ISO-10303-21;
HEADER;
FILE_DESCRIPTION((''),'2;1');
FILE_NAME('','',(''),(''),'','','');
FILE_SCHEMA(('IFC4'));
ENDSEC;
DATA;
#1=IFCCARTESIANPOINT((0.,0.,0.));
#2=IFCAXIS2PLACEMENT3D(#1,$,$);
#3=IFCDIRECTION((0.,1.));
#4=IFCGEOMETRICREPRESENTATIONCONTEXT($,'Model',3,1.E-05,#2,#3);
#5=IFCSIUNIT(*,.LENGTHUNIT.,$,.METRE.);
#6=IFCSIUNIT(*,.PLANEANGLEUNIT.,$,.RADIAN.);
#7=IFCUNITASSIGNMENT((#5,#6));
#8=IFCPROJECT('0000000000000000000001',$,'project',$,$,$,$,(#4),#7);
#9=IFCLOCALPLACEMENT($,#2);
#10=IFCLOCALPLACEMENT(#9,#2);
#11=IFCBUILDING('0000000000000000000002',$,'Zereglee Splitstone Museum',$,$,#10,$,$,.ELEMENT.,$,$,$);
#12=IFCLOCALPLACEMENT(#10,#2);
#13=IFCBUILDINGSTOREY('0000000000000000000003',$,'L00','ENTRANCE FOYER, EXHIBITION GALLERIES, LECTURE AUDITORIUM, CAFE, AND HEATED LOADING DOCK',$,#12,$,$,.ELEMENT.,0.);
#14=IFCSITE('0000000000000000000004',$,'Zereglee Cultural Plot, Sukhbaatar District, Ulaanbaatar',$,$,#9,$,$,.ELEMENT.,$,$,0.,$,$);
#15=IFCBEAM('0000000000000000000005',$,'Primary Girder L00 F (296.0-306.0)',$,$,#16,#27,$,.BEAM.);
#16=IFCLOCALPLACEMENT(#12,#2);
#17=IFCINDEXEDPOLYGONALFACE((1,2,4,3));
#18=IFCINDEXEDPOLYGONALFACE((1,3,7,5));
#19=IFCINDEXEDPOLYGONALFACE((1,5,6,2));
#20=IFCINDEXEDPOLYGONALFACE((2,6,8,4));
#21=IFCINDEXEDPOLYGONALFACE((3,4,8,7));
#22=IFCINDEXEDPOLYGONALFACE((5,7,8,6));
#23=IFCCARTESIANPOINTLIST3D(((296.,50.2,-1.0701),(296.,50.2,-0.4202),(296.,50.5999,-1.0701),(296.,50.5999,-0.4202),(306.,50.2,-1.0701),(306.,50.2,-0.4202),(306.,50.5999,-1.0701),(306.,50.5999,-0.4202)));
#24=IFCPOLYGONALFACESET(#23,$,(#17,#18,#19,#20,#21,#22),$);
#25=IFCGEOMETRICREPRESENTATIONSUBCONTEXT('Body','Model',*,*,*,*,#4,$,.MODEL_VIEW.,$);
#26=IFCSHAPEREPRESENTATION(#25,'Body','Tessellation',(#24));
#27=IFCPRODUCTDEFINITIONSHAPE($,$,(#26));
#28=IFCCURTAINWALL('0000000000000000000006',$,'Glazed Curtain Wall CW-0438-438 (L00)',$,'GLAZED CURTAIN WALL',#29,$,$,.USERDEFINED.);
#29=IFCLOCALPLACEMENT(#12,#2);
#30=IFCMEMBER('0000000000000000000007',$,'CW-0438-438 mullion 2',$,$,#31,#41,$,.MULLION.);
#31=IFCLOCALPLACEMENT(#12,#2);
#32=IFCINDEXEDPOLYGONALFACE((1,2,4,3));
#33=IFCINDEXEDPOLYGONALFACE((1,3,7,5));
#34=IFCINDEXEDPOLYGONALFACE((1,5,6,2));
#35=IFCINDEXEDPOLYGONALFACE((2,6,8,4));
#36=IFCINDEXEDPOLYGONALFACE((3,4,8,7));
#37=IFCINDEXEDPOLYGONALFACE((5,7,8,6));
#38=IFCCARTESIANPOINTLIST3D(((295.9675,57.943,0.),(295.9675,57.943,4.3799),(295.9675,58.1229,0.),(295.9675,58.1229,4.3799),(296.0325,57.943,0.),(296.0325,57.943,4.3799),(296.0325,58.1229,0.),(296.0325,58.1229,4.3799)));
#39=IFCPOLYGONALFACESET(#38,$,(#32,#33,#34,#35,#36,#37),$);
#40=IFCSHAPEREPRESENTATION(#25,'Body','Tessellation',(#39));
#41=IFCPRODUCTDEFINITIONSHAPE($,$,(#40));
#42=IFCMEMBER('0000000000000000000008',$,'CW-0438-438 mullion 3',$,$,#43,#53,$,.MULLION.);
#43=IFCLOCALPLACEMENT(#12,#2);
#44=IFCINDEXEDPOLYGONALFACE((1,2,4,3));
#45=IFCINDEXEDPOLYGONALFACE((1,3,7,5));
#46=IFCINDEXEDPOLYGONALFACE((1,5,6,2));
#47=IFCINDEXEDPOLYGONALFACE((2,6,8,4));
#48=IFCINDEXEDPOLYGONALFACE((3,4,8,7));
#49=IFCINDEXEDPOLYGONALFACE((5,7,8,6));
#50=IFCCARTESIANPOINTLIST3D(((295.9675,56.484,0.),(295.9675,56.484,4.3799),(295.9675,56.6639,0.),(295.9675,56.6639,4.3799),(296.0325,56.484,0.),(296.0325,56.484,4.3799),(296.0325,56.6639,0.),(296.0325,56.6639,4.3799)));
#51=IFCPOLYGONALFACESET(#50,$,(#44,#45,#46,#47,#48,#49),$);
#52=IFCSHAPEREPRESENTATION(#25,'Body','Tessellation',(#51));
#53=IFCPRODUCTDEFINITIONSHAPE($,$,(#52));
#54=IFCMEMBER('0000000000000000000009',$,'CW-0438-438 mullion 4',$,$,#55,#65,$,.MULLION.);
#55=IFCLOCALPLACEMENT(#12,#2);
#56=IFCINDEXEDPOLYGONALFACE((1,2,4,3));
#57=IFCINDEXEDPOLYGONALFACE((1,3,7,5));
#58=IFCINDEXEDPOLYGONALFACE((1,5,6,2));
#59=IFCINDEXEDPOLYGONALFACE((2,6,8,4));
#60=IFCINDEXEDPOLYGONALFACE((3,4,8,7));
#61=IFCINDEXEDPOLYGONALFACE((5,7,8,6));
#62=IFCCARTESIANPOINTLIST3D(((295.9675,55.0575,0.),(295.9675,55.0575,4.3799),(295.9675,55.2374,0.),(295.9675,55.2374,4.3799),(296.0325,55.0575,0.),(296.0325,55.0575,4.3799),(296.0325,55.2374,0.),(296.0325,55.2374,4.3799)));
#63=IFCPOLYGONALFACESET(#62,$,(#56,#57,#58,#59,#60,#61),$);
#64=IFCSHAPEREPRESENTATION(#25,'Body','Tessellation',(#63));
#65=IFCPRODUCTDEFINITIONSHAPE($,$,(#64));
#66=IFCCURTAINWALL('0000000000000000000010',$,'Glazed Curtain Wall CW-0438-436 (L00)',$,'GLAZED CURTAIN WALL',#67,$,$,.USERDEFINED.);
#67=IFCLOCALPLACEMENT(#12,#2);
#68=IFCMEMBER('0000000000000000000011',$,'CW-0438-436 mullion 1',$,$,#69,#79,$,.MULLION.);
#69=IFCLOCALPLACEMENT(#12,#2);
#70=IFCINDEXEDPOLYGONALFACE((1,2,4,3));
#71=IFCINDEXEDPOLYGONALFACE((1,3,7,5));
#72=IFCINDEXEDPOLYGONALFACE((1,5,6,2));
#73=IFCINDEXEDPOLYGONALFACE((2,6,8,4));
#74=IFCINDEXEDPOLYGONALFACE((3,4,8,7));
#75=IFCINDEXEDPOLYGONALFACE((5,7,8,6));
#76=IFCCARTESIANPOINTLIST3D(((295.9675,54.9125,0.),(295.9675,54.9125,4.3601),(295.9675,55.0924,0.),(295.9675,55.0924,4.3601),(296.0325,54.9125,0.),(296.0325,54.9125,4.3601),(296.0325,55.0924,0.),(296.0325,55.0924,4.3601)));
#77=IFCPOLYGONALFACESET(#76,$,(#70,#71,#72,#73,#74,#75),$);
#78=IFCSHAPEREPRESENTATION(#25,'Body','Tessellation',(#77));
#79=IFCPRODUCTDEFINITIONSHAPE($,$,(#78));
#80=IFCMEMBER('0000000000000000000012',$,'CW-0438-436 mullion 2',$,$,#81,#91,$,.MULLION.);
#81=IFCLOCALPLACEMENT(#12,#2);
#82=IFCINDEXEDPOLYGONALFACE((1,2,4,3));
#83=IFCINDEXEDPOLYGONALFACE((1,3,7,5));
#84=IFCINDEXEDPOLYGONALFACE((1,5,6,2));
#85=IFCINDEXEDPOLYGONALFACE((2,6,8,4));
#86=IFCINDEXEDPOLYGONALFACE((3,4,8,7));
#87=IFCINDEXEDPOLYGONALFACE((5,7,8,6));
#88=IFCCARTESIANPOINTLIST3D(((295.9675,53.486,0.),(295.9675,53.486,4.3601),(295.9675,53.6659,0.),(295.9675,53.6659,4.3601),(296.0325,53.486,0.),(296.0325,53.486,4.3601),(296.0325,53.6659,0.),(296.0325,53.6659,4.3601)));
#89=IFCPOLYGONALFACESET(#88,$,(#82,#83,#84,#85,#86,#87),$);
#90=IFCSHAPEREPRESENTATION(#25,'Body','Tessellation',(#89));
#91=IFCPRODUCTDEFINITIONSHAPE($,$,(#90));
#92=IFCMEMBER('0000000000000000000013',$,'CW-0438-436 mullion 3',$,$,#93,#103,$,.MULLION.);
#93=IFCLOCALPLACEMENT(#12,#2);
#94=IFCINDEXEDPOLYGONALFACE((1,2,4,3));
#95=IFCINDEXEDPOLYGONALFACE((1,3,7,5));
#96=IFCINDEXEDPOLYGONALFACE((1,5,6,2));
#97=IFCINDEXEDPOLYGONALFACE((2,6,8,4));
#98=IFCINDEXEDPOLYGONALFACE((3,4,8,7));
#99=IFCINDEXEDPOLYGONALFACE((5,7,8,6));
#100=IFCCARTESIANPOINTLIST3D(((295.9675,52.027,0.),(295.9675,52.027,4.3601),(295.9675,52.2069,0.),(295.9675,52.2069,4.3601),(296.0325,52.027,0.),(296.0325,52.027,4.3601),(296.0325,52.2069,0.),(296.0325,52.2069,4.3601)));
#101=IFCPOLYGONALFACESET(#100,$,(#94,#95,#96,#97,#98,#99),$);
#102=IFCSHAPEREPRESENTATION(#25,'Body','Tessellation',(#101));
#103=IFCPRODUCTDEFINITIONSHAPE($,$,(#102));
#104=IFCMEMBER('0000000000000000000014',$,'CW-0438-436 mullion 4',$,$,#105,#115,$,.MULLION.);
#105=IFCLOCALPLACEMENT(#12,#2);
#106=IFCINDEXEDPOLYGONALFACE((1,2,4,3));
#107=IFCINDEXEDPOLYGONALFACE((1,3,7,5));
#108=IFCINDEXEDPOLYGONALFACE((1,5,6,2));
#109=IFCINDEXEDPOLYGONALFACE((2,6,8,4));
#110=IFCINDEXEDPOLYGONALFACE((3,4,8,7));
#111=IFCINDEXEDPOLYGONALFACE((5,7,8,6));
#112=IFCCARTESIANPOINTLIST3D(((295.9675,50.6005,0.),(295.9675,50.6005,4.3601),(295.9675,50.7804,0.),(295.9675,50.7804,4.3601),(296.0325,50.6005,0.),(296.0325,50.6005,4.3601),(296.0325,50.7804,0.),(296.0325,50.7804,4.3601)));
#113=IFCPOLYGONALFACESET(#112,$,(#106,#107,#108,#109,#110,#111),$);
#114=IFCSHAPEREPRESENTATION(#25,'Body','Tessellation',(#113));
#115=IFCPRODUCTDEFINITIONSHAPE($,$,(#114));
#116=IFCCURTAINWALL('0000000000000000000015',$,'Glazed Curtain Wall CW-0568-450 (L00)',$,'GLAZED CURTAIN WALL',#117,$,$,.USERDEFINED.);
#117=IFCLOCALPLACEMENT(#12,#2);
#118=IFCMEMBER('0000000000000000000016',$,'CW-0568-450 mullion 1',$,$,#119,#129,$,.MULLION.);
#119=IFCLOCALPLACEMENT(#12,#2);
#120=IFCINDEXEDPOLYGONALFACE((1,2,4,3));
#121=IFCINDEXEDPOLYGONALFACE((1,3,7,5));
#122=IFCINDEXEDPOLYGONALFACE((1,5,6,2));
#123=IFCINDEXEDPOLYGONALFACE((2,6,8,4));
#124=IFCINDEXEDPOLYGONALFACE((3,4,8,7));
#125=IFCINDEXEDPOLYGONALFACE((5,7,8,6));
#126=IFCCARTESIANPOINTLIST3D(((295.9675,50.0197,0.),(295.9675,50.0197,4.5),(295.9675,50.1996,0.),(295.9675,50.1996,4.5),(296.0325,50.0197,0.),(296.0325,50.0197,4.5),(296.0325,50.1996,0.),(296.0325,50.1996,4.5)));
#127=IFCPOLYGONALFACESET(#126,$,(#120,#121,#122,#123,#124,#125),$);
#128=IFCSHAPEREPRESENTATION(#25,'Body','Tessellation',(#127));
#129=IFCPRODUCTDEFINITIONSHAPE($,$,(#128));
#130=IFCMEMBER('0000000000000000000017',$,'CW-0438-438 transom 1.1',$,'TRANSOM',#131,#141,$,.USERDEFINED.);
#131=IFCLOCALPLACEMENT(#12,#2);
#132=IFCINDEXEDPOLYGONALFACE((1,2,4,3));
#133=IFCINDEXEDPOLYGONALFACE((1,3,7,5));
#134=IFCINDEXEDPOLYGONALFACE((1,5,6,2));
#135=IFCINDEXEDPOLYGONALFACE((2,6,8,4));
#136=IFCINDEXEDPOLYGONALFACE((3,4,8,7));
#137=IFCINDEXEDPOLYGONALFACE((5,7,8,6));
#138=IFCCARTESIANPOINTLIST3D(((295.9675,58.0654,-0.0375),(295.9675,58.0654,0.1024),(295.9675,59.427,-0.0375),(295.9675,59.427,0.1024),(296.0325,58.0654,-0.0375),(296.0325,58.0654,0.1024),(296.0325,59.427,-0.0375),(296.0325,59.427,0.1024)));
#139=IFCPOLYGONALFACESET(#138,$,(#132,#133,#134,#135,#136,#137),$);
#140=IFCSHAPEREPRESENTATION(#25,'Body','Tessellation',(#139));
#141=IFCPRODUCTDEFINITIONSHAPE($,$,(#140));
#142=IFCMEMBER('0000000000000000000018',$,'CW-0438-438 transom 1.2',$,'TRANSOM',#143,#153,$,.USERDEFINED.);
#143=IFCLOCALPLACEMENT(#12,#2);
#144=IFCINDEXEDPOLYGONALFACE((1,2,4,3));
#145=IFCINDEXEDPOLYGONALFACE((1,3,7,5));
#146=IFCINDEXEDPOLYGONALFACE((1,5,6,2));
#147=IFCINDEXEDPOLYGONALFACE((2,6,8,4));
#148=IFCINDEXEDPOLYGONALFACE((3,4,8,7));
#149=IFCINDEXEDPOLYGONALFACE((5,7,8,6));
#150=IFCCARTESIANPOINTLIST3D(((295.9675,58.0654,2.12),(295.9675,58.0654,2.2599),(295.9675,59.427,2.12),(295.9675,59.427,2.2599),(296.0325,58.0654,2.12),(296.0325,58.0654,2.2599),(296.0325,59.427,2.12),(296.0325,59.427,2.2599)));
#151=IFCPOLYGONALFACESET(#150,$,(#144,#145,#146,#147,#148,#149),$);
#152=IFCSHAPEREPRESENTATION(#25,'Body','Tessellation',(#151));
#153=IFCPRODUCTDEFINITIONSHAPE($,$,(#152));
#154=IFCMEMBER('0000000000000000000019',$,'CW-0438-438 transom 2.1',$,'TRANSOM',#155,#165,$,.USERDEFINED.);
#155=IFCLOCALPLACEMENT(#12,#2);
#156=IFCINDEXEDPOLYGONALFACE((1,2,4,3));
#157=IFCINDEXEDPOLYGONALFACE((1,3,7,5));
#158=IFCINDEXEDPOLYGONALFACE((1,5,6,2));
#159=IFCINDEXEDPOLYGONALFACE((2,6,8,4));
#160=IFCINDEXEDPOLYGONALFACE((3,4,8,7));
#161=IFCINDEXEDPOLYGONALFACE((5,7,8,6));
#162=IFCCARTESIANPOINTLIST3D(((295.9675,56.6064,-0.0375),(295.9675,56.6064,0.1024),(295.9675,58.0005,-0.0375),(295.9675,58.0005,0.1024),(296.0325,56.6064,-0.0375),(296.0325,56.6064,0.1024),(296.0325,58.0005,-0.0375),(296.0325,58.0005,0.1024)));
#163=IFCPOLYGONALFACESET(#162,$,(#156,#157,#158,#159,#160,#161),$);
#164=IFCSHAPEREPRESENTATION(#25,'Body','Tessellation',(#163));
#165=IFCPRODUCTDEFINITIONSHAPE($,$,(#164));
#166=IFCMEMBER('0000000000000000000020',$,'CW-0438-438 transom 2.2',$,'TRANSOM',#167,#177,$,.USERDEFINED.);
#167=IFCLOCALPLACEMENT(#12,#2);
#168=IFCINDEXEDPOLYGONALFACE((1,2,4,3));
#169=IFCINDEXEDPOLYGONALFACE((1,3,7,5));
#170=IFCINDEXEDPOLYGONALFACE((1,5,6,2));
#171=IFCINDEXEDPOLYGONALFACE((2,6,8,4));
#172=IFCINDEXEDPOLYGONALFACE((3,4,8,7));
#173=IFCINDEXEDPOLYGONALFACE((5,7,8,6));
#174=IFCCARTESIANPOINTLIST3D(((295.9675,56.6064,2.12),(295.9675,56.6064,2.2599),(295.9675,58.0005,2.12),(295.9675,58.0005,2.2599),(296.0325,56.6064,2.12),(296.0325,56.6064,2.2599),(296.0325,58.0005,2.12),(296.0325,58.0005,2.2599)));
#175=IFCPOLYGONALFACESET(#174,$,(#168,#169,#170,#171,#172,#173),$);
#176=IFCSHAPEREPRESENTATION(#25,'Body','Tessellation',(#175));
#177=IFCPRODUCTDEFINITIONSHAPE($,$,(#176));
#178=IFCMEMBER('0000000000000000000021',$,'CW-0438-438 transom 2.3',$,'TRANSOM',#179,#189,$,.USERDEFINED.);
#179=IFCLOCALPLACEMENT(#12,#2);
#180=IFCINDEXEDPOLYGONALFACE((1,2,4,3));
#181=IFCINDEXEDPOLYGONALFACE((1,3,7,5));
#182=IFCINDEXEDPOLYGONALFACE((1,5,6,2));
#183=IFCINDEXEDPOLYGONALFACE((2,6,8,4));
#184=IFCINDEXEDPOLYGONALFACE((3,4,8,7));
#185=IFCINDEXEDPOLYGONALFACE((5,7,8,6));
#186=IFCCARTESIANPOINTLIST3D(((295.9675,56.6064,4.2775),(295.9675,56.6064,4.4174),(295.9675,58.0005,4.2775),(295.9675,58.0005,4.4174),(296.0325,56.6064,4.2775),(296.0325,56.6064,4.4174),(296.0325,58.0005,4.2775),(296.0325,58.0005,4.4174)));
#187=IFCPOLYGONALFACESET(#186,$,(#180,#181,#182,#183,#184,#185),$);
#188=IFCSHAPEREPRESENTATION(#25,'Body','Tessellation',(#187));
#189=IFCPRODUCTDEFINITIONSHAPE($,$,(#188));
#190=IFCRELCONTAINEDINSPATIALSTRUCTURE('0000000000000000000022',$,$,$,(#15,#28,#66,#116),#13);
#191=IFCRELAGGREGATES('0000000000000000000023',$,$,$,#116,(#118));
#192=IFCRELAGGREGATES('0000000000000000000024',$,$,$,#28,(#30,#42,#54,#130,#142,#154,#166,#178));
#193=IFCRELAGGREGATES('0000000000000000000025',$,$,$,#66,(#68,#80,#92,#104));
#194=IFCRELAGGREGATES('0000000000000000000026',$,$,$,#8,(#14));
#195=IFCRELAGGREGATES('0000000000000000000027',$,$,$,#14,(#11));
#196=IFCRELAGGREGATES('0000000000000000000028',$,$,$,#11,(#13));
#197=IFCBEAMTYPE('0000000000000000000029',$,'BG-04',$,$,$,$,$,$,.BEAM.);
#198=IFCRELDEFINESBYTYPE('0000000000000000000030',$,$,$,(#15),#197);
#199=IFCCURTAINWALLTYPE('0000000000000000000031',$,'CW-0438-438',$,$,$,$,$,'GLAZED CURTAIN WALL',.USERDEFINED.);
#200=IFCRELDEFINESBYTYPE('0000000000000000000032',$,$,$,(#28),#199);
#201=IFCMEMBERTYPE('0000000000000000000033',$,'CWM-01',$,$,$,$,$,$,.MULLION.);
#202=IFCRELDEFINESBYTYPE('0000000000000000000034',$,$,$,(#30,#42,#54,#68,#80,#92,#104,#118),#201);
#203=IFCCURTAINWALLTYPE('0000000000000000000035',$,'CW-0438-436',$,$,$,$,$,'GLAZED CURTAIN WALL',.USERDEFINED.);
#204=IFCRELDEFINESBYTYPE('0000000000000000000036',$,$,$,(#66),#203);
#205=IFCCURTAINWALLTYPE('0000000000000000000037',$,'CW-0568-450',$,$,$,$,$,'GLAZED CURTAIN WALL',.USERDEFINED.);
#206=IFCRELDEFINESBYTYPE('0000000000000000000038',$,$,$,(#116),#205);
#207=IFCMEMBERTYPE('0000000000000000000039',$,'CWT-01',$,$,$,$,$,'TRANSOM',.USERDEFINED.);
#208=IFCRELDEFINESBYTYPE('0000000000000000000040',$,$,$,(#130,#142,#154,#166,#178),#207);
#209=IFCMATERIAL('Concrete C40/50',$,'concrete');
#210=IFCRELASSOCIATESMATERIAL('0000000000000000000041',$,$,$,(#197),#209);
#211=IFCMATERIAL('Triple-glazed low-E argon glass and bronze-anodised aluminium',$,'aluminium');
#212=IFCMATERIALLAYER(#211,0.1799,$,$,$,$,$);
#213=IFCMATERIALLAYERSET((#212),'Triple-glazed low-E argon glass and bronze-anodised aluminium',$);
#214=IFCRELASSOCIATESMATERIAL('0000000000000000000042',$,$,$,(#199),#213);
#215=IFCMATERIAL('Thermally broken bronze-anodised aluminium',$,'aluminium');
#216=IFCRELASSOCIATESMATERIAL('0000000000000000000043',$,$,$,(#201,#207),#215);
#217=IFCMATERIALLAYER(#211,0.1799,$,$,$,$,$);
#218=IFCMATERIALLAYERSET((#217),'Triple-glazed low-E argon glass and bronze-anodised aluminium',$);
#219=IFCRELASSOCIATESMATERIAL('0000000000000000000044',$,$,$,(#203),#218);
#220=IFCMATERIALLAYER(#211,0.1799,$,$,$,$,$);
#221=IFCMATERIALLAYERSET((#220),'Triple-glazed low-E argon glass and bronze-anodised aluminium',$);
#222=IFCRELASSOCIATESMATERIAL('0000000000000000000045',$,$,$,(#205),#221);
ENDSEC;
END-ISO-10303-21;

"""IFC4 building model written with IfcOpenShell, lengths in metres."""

from ifc_helpers import new_model, si_unit, direction, frame, origin, origin_2d, place, context, subcontext, project, spatial, rectangle, extrude, material, layer, layer_set, material_profile, profile_set, type_object, element, aggregate, save


model = new_model("IFC4")

# Units and contexts
model_context = context("Model", 3, precision=1e-05, world=origin(), true_north=direction((0.0, 1.0)))
body_context = subcontext(model_context, "Body", "Model", "MODEL_VIEW")
ifc_project = project(units=[si_unit("LENGTHUNIT", "METRE"), si_unit("PLANEANGLEUNIT", "RADIAN")], contexts=[model_context])

# Site, building, storey
site_placement = place(None, origin())
site = spatial("IfcSite", under=ifc_project, at=site_placement, Name="Zereglee Cultural Plot, Sukhbaatar District, Ulaanbaatar", CompositionType="ELEMENT", RefElevation=0.0)
building_placement = place(site_placement, origin())
building = spatial("IfcBuilding", under=site, at=building_placement, Name="Zereglee Splitstone Museum", CompositionType="ELEMENT")
storey_placement = place(building_placement, origin())
storey = spatial("IfcBuildingStorey", under=building, at=storey_placement, Name="L00", Description="ENTRANCE FOYER, EXHIBITION GALLERIES, LECTURE AUDITORIUM, CAFE, AND HEATED LOADING DOCK", CompositionType="ELEMENT", Elevation=0.0)

# Beam
ifc_material_1 = material(Name="Concrete C40/50", Category="concrete")
ifc_material_profile_1 = material_profile(ifc_material_1, rectangle(XDim=0.3999, YDim=0.6499, at=origin_2d()), Name="RC 400x650")
ifc_profile_set_1 = profile_set([ifc_material_profile_1], Name="Concrete C40/50")
beam_type_1 = type_object("IfcBeamType", Name="BG-04", PredefinedType="BEAM", material=ifc_profile_set_1)
beam_1_placement = place(storey_placement, frame((296.0, 50.3999, -0.7451), z_axis=(1.0, 0.0, 0.0), x_axis=(0.0, 1.0, 0.0)))
element("IfcBeam", 1, at=beam_1_placement, inside=storey, type_object=beam_type_1, Name="Primary Girder L00 F (296.0-306.0)", PredefinedType="BEAM", context=body_context, shape_type="SweptSolid", body=[
    extrude(rectangle(XDim=0.3999, YDim=0.6499, at=origin_2d()), origin(), (0.0, 0.0, 1.0), 10.0),
])

# Curtain walls, members
ifc_material_2 = material(Name="Triple-glazed low-E argon glass and bronze-anodised aluminium", Category="aluminium")
ifc_layer_1 = layer(ifc_material_2, 0.1799)
ifc_layer_set_1 = layer_set([ifc_layer_1], Name="Triple-glazed low-E argon glass and bronze-anodised aluminium")
curtain_wall_type_1 = type_object("IfcCurtainWallType", Name="CW-0438-438", ElementType="GLAZED CURTAIN WALL", PredefinedType="USERDEFINED", material=ifc_layer_set_1)
curtain_wall_1_placement = place(storey_placement, origin())
curtain_wall_1 = element("IfcCurtainWall", 2, at=curtain_wall_1_placement, inside=storey, type_object=curtain_wall_type_1, Name="Glazed Curtain Wall CW-0438-438 (L00)", ObjectType="GLAZED CURTAIN WALL", PredefinedType="USERDEFINED")
ifc_material_3 = material(Name="Thermally broken bronze-anodised aluminium", Category="aluminium")
ifc_material_profile_2 = material_profile(ifc_material_3, rectangle(XDim=0.0649, YDim=0.1799, at=origin_2d()), Name="CW MULL 65x180")
ifc_profile_set_2 = profile_set([ifc_material_profile_2], Name="Thermally broken bronze-anodised aluminium")
member_type_1 = type_object("IfcMemberType", Name="CWM-01", PredefinedType="MULLION", material=ifc_profile_set_2)
member_1_placement = place(storey_placement, frame((296.0, 58.033, 0.0), z_axis=(0.0, 0.0, 1.0), x_axis=(1.0, 0.0, 0.0)))
member_1 = element("IfcMember", 3, at=member_1_placement, type_object=member_type_1, Name="CW-0438-438 mullion 2", PredefinedType="MULLION", context=body_context, shape_type="SweptSolid", body=[
    extrude(rectangle(XDim=0.0649, YDim=0.1799, at=origin_2d()), origin(), (0.0, 0.0, 1.0), 4.3799),
])
member_2_placement = place(storey_placement, frame((296.0, 56.574, 0.0), z_axis=(0.0, 0.0, 1.0), x_axis=(1.0, 0.0, 0.0)))
member_2 = element("IfcMember", 4, at=member_2_placement, type_object=member_type_1, Name="CW-0438-438 mullion 3", PredefinedType="MULLION", context=body_context, shape_type="SweptSolid", body=[
    extrude(rectangle(XDim=0.0649, YDim=0.1799, at=origin_2d()), origin(), (0.0, 0.0, 1.0), 4.3799),
])
member_3_placement = place(storey_placement, frame((296.0, 55.1475, 0.0), z_axis=(0.0, 0.0, 1.0), x_axis=(1.0, 0.0, 0.0)))
member_3 = element("IfcMember", 5, at=member_3_placement, type_object=member_type_1, Name="CW-0438-438 mullion 4", PredefinedType="MULLION", context=body_context, shape_type="SweptSolid", body=[
    extrude(rectangle(XDim=0.0649, YDim=0.1799, at=origin_2d()), origin(), (0.0, 0.0, 1.0), 4.3799),
])
ifc_layer_2 = layer(ifc_material_2, 0.1799)
ifc_layer_set_2 = layer_set([ifc_layer_2], Name="Triple-glazed low-E argon glass and bronze-anodised aluminium")
curtain_wall_type_2 = type_object("IfcCurtainWallType", Name="CW-0438-436", ElementType="GLAZED CURTAIN WALL", PredefinedType="USERDEFINED", material=ifc_layer_set_2)
curtain_wall_2_placement = place(storey_placement, origin())
curtain_wall_2 = element("IfcCurtainWall", 6, at=curtain_wall_2_placement, inside=storey, type_object=curtain_wall_type_2, Name="Glazed Curtain Wall CW-0438-436 (L00)", ObjectType="GLAZED CURTAIN WALL", PredefinedType="USERDEFINED")
member_4_placement = place(storey_placement, frame((296.0, 55.0024, 0.0), z_axis=(0.0, 0.0, 1.0), x_axis=(1.0, 0.0, 0.0)))
member_4 = element("IfcMember", 7, at=member_4_placement, type_object=member_type_1, Name="CW-0438-436 mullion 1", PredefinedType="MULLION", context=body_context, shape_type="SweptSolid", body=[
    extrude(rectangle(XDim=0.0649, YDim=0.1799, at=origin_2d()), origin(), (0.0, 0.0, 1.0), 4.3601),
])
member_5_placement = place(storey_placement, frame((296.0, 53.5759, 0.0), z_axis=(0.0, 0.0, 1.0), x_axis=(1.0, 0.0, 0.0)))
member_5 = element("IfcMember", 8, at=member_5_placement, type_object=member_type_1, Name="CW-0438-436 mullion 2", PredefinedType="MULLION", context=body_context, shape_type="SweptSolid", body=[
    extrude(rectangle(XDim=0.0649, YDim=0.1799, at=origin_2d()), origin(), (0.0, 0.0, 1.0), 4.3601),
])
member_6_placement = place(storey_placement, frame((296.0, 52.1169, 0.0), z_axis=(0.0, 0.0, 1.0), x_axis=(1.0, 0.0, 0.0)))
member_6 = element("IfcMember", 9, at=member_6_placement, type_object=member_type_1, Name="CW-0438-436 mullion 3", PredefinedType="MULLION", context=body_context, shape_type="SweptSolid", body=[
    extrude(rectangle(XDim=0.0649, YDim=0.1799, at=origin_2d()), origin(), (0.0, 0.0, 1.0), 4.3601),
])
member_7_placement = place(storey_placement, frame((296.0, 50.6904, 0.0), z_axis=(0.0, 0.0, 1.0), x_axis=(1.0, 0.0, 0.0)))
member_7 = element("IfcMember", 10, at=member_7_placement, type_object=member_type_1, Name="CW-0438-436 mullion 4", PredefinedType="MULLION", context=body_context, shape_type="SweptSolid", body=[
    extrude(rectangle(XDim=0.0649, YDim=0.1799, at=origin_2d()), origin(), (0.0, 0.0, 1.0), 4.3601),
])

# Curtain wall, member
ifc_layer_3 = layer(ifc_material_2, 0.1799)
ifc_layer_set_3 = layer_set([ifc_layer_3], Name="Triple-glazed low-E argon glass and bronze-anodised aluminium")
curtain_wall_type_3 = type_object("IfcCurtainWallType", Name="CW-0568-450", ElementType="GLAZED CURTAIN WALL", PredefinedType="USERDEFINED", material=ifc_layer_set_3)
curtain_wall_3_placement = place(storey_placement, origin())
curtain_wall_3 = element("IfcCurtainWall", 11, at=curtain_wall_3_placement, inside=storey, type_object=curtain_wall_type_3, Name="Glazed Curtain Wall CW-0568-450 (L00)", ObjectType="GLAZED CURTAIN WALL", PredefinedType="USERDEFINED")
member_8_placement = place(storey_placement, frame((296.0, 50.1096, 0.0), z_axis=(0.0, 0.0, 1.0), x_axis=(1.0, 0.0, 0.0)))
member_8 = element("IfcMember", 12, at=member_8_placement, type_object=member_type_1, Name="CW-0568-450 mullion 1", PredefinedType="MULLION", context=body_context, shape_type="SweptSolid", body=[
    extrude(rectangle(XDim=0.0649, YDim=0.1799, at=origin_2d()), origin(), (0.0, 0.0, 1.0), 4.5),
])

# Members
ifc_material_profile_3 = material_profile(ifc_material_3, rectangle(XDim=0.0649, YDim=0.1399, at=origin_2d()), Name="CW TRAN 65x140")
ifc_profile_set_3 = profile_set([ifc_material_profile_3], Name="Thermally broken bronze-anodised aluminium")
member_type_2 = type_object("IfcMemberType", Name="CWT-01", ElementType="TRANSOM", PredefinedType="USERDEFINED", material=ifc_profile_set_3)
member_9_placement = place(storey_placement, frame((296.0, 59.427, 0.0325), z_axis=(0.0, -1.0, 0.0), x_axis=(1.0, 0.0, 0.0)))
member_9 = element("IfcMember", 13, at=member_9_placement, type_object=member_type_2, Name="CW-0438-438 transom 1.1", ObjectType="TRANSOM", PredefinedType="USERDEFINED", context=body_context, shape_type="SweptSolid", body=[
    extrude(rectangle(XDim=0.0649, YDim=0.1399, at=origin_2d()), origin(), (0.0, 0.0, 1.0), 1.3616),
])
member_10_placement = place(storey_placement, frame((296.0, 59.427, 2.1899), z_axis=(0.0, -1.0, 0.0), x_axis=(1.0, 0.0, 0.0)))
member_10 = element("IfcMember", 14, at=member_10_placement, type_object=member_type_2, Name="CW-0438-438 transom 1.2", ObjectType="TRANSOM", PredefinedType="USERDEFINED", context=body_context, shape_type="SweptSolid", body=[
    extrude(rectangle(XDim=0.0649, YDim=0.1399, at=origin_2d()), origin(), (0.0, 0.0, 1.0), 1.3616),
])
member_11_placement = place(storey_placement, frame((296.0, 58.0005, 0.0325), z_axis=(0.0, -1.0, 0.0), x_axis=(1.0, 0.0, 0.0)))
member_11 = element("IfcMember", 15, at=member_11_placement, type_object=member_type_2, Name="CW-0438-438 transom 2.1", ObjectType="TRANSOM", PredefinedType="USERDEFINED", context=body_context, shape_type="SweptSolid", body=[
    extrude(rectangle(XDim=0.0649, YDim=0.1399, at=origin_2d()), origin(), (0.0, 0.0, 1.0), 1.394),
])
member_12_placement = place(storey_placement, frame((296.0, 58.0005, 2.1899), z_axis=(0.0, -1.0, 0.0), x_axis=(1.0, 0.0, 0.0)))
member_12 = element("IfcMember", 16, at=member_12_placement, type_object=member_type_2, Name="CW-0438-438 transom 2.2", ObjectType="TRANSOM", PredefinedType="USERDEFINED", context=body_context, shape_type="SweptSolid", body=[
    extrude(rectangle(XDim=0.0649, YDim=0.1399, at=origin_2d()), origin(), (0.0, 0.0, 1.0), 1.394),
])
member_13_placement = place(storey_placement, frame((296.0, 58.0005, 4.3474), z_axis=(0.0, -1.0, 0.0), x_axis=(1.0, 0.0, 0.0)))
member_13 = element("IfcMember", 17, at=member_13_placement, type_object=member_type_2, Name="CW-0438-438 transom 2.3", ObjectType="TRANSOM", PredefinedType="USERDEFINED", context=body_context, shape_type="SweptSolid", body=[
    extrude(rectangle(XDim=0.0649, YDim=0.1399, at=origin_2d()), origin(), (0.0, 0.0, 1.0), 1.394),
])
aggregate(curtain_wall_3, [member_8])

aggregate(curtain_wall_1, [member_1, member_2, member_3, member_9, member_10, member_11, member_12, member_13])
aggregate(curtain_wall_2, [member_4, member_5, member_6, member_7])

save(model, "model.ifc")
